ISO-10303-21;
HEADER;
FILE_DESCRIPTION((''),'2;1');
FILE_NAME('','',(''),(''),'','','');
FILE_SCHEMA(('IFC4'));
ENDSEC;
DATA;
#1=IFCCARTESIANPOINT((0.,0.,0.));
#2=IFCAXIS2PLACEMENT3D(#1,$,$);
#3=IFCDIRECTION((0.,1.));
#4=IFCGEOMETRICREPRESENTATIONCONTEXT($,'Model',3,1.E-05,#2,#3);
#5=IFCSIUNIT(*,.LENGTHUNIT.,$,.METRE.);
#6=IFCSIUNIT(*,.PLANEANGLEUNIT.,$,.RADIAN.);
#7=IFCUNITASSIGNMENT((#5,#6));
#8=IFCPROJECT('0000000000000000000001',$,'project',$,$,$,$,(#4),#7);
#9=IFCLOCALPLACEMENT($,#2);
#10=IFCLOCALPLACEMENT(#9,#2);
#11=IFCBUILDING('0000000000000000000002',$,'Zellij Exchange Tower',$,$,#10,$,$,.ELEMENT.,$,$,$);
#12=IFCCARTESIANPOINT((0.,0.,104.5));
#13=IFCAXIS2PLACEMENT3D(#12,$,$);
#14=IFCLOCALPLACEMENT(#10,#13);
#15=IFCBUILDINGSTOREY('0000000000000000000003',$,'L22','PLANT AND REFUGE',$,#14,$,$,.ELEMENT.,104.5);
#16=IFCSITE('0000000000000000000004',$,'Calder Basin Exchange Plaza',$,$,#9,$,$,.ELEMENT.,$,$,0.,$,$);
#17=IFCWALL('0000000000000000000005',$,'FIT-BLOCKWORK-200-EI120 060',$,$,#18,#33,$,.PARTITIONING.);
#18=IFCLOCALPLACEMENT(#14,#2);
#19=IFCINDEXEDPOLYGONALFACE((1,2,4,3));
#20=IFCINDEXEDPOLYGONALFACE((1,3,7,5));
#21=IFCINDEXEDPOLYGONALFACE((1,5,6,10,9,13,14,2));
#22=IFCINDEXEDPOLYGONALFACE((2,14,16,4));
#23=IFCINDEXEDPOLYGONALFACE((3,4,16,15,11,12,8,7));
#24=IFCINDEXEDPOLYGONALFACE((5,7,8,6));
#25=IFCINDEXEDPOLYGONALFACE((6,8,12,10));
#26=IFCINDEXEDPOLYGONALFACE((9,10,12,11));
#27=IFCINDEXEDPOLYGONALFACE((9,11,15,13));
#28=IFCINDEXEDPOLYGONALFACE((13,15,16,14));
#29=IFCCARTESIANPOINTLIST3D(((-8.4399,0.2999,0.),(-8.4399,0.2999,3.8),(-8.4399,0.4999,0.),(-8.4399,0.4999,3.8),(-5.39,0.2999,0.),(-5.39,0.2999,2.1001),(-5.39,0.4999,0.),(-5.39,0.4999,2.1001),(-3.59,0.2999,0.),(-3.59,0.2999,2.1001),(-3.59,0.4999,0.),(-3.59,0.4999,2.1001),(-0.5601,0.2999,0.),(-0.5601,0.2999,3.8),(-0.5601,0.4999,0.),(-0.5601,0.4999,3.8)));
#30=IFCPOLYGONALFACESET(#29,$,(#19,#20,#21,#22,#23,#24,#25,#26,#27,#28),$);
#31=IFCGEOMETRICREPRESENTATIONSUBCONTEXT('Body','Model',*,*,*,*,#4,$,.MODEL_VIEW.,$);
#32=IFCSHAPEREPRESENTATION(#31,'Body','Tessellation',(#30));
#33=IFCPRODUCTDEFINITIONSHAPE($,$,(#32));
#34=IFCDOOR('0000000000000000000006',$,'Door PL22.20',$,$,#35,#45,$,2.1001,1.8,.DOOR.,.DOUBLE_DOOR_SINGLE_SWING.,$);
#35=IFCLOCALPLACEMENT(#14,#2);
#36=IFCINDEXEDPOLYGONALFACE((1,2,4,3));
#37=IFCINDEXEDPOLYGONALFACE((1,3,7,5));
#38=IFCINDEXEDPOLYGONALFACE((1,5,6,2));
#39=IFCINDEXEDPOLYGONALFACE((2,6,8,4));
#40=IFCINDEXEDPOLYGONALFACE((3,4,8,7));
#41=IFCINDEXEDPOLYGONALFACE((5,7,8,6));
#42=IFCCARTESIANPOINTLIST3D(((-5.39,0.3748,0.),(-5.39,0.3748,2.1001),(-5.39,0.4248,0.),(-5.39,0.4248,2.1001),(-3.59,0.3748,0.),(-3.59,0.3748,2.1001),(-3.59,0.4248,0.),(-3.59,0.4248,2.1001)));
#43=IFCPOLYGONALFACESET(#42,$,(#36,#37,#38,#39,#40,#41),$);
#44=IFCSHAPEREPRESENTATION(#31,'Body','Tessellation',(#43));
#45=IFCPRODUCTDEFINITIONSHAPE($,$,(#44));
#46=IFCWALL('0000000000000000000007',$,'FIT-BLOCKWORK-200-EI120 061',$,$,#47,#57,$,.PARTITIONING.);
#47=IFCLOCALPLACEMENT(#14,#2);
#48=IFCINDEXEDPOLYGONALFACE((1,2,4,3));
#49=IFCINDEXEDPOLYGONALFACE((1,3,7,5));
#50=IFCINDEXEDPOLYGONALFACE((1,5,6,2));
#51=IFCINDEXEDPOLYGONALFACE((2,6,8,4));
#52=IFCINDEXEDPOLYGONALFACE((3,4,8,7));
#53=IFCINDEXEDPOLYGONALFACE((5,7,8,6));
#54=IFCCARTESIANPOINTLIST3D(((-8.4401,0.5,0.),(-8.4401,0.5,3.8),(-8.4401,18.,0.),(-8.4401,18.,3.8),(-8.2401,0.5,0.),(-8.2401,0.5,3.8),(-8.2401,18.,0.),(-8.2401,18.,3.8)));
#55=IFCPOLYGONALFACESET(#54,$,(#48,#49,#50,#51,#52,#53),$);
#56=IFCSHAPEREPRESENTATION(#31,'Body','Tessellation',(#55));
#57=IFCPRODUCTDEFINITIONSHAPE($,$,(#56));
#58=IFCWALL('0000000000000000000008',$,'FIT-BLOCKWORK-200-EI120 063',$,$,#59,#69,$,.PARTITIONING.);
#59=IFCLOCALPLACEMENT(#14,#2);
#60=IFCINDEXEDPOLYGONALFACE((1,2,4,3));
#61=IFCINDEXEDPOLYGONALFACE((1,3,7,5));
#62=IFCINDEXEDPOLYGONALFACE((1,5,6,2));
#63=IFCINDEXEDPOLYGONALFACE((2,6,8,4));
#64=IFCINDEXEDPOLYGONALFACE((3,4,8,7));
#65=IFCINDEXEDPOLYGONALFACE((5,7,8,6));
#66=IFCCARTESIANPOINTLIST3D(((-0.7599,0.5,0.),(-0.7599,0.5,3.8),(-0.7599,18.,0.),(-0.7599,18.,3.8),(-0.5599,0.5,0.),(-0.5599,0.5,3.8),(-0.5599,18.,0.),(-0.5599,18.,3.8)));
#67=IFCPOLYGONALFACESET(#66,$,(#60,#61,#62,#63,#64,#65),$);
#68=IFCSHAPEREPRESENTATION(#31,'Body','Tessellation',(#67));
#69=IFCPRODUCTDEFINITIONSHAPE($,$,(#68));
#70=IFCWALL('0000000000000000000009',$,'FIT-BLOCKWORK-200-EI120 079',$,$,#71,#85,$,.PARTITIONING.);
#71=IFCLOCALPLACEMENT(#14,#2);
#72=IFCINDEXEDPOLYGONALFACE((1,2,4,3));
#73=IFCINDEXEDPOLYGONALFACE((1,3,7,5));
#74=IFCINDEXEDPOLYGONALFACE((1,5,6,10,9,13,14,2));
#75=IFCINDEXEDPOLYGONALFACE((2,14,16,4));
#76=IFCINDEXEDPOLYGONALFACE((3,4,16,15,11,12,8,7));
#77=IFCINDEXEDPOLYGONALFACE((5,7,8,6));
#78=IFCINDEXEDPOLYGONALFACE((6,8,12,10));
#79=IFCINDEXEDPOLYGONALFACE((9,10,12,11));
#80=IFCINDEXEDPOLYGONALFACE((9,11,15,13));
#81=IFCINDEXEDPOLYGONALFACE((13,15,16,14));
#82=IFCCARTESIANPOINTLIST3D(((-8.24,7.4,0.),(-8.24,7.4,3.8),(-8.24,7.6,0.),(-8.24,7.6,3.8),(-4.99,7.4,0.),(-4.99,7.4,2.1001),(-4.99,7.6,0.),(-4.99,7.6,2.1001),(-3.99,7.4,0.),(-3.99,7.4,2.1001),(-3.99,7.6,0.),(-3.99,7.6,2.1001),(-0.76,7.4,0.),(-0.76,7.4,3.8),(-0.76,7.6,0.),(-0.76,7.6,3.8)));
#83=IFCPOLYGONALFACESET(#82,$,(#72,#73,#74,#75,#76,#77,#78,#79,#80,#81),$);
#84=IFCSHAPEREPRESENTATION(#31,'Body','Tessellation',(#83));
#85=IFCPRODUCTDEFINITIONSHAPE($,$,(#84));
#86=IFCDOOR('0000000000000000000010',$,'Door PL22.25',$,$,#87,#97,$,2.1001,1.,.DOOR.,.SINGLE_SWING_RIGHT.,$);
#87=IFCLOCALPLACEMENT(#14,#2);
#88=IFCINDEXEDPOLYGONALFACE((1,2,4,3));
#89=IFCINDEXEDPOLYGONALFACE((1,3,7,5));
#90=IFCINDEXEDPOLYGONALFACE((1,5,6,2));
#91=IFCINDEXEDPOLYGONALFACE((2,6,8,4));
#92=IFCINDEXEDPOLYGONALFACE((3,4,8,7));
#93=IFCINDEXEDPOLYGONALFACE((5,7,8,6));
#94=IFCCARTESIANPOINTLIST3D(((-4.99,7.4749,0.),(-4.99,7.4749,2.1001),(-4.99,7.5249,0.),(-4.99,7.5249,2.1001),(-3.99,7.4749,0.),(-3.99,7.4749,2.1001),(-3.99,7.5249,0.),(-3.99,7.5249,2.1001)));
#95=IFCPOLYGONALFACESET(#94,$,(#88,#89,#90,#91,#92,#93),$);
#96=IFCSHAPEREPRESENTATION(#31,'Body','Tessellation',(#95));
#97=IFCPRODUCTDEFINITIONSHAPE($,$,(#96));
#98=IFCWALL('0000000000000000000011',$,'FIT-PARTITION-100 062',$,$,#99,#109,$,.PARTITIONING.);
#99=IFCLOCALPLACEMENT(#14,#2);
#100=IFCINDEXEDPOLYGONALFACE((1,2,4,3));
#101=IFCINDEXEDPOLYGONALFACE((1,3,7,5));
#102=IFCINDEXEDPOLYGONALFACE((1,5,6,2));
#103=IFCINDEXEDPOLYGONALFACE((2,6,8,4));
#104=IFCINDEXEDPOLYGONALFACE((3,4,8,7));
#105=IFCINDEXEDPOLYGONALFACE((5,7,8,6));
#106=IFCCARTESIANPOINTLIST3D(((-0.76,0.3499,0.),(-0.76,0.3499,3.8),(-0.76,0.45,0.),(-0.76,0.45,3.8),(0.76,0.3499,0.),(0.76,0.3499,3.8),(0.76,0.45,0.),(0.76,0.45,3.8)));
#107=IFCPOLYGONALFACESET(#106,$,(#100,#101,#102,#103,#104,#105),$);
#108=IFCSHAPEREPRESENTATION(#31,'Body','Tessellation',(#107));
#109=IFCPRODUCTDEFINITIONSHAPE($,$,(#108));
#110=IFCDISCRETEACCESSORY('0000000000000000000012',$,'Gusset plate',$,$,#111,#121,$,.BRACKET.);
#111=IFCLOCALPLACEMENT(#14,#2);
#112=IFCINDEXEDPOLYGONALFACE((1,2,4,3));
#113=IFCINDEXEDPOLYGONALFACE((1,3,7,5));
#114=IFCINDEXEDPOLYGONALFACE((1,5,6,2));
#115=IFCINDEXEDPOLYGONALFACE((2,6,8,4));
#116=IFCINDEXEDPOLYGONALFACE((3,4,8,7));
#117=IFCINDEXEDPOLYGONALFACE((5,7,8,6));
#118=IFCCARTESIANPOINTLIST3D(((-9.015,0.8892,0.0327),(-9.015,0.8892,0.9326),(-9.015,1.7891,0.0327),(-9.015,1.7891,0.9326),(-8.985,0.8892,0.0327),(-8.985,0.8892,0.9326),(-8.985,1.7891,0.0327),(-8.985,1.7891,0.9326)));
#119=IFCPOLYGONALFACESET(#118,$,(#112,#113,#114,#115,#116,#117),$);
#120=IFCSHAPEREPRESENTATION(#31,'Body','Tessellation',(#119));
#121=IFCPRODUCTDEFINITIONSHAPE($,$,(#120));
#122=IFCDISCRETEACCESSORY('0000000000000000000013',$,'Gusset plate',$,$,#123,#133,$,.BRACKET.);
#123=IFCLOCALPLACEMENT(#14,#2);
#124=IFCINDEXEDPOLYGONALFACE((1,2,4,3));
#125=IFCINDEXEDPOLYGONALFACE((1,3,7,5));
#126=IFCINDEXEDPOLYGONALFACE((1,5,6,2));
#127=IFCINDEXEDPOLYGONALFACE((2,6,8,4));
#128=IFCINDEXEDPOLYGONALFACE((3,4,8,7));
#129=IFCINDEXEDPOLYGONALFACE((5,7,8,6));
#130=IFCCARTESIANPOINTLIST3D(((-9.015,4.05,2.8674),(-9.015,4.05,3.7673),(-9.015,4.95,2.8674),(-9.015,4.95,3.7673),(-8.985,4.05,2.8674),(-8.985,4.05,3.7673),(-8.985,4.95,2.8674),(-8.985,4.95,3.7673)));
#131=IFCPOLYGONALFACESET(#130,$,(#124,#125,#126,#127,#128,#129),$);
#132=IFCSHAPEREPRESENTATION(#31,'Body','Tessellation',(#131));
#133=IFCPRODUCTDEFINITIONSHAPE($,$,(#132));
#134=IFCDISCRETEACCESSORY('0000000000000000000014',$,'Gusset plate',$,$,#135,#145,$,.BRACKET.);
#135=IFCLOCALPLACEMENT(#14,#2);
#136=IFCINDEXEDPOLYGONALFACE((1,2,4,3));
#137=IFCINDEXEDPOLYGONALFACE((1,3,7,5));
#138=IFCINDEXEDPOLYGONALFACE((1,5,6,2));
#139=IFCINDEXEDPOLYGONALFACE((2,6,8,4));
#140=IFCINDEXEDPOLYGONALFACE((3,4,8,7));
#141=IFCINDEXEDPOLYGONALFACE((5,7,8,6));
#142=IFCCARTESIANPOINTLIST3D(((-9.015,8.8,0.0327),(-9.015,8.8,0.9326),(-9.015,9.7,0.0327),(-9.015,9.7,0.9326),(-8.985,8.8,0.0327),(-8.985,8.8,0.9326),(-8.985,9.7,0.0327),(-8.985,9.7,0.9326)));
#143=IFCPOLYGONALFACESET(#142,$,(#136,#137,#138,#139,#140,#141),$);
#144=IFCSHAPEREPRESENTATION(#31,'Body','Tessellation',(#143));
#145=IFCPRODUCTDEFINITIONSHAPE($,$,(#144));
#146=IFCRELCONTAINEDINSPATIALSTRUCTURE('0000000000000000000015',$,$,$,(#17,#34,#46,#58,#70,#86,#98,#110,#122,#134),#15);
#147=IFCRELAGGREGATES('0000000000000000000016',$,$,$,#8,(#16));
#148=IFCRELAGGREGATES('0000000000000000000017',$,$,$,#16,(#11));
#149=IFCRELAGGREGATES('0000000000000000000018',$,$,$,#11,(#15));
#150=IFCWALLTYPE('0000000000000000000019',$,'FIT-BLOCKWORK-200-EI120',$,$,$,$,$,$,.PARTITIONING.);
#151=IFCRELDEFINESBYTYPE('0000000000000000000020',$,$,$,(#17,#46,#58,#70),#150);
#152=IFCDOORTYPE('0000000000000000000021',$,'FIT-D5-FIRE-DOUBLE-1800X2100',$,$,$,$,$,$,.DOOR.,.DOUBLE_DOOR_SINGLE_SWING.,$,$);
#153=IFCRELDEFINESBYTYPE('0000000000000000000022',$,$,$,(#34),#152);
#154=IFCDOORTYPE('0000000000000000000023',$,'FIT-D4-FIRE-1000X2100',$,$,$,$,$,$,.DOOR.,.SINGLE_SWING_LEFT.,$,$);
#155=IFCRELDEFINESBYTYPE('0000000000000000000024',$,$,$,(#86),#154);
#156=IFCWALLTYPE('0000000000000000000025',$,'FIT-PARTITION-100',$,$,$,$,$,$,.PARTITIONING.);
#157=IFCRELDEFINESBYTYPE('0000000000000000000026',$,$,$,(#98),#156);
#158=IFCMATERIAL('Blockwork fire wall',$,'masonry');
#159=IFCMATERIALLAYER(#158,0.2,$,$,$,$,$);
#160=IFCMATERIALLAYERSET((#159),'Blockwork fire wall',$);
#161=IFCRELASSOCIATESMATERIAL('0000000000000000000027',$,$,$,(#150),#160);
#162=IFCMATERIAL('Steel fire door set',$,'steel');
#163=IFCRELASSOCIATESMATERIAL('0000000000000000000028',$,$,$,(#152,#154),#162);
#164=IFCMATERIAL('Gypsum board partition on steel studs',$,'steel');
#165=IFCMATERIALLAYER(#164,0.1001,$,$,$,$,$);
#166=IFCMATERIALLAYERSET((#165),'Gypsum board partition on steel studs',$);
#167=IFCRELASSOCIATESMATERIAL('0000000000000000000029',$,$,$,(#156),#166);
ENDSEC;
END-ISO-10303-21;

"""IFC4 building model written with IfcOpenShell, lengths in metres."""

from ifc_helpers import new_model, si_unit, direction, frame, frame_2d, origin, origin_2d, place, context, subcontext, project, spatial, rectangle, extrude, material, layer, layer_set, type_object, element, fill, save


model = new_model("IFC4")

# Units and contexts
model_context = context("Model", 3, precision=1e-05, world=origin(), true_north=direction((0.0, 1.0)))
body_context = subcontext(model_context, "Body", "Model", "MODEL_VIEW")
ifc_project = project(units=[si_unit("LENGTHUNIT", "METRE"), si_unit("PLANEANGLEUNIT", "RADIAN")], contexts=[model_context])

# Site, building, storey
site_placement = place(None, origin())
site = spatial("IfcSite", under=ifc_project, at=site_placement, Name="Calder Basin Exchange Plaza", CompositionType="ELEMENT", RefElevation=0.0)
building_placement = place(site_placement, origin())
building = spatial("IfcBuilding", under=site, at=building_placement, Name="Zellij Exchange Tower", CompositionType="ELEMENT")
storey_placement = place(building_placement, frame((0.0, 0.0, 104.5)))
storey = spatial("IfcBuildingStorey", under=building, at=storey_placement, Name="L22", Description="PLANT AND REFUGE", CompositionType="ELEMENT", Elevation=104.5)

# Wall, opening, door
ifc_material_1 = material(Name="Blockwork fire wall", Category="masonry")
ifc_layer_1 = layer(ifc_material_1, 0.2)
ifc_layer_set_1 = layer_set([ifc_layer_1], Name="Blockwork fire wall")
wall_type_1 = type_object("IfcWallType", Name="FIT-BLOCKWORK-200-EI120", PredefinedType="PARTITIONING", material=ifc_layer_set_1)
wall_1_placement = place(storey_placement, frame((-8.4399, 0.3999, 0.0), z_axis=(0.0, 0.0, 1.0), x_axis=(1.0, 0.0, 0.0)))
wall_1 = element("IfcWall", 1, at=wall_1_placement, inside=storey, type_object=wall_type_1, Name="FIT-BLOCKWORK-200-EI120 060", PredefinedType="PARTITIONING", context=body_context, shape_type="SweptSolid", body=[
    extrude(rectangle(XDim=7.8799, YDim=0.2, at=frame_2d((3.9399, 0.0))), origin(), (0.0, 0.0, 1.0), 3.8),
])
opening_1_placement = place(wall_1_placement, frame((3.05, 0.0, 0.0)))
opening_1 = element("IfcOpeningElement", 2, at=opening_1_placement, cuts=wall_1, PredefinedType="OPENING", context=body_context, shape_type="SweptSolid", body=[
    extrude(rectangle(XDim=1.8, YDim=2.1001, at=frame_2d((0.8999, 1.05))), frame((0.0, 0.1118, 0.0), z_axis=(0.0, -1.0, 0.0), x_axis=(1.0, 0.0, 0.0)), (0.0, 0.0, 1.0), 0.2239),
])
ifc_material_2 = material(Name="Steel fire door set", Category="steel")
door_type_1 = type_object("IfcDoorType", Name="FIT-D5-FIRE-DOUBLE-1800X2100", OperationType="DOUBLE_DOOR_SINGLE_SWING", PredefinedType="DOOR", material=ifc_material_2)
door_1_placement = place(opening_1_placement, origin())
door_1 = element("IfcDoor", 3, at=door_1_placement, inside=storey, type_object=door_type_1, Name="Door PL22.20", OperationType="DOUBLE_DOOR_SINGLE_SWING", OverallHeight=2.1001, OverallWidth=1.8, PredefinedType="DOOR", context=body_context, shape_type="SweptSolid", body=[
    extrude(rectangle(XDim=1.8, YDim=2.1001, at=frame_2d((0.8999, 1.05))), frame((0.0, 0.0249, 0.0), z_axis=(0.0, -1.0, 0.0), x_axis=(1.0, 0.0, 0.0)), (0.0, 0.0, 1.0), 0.05),
])
fill(opening_1, door_1)

# Walls
for number, where, z_axis, x_axis, name in (
    (4, (-8.3401, 0.5, 0.0), (0.0, 0.0, 1.0), (0.0, 1.0, 0.0), "FIT-BLOCKWORK-200-EI120 061"),
    (5, (-0.6599, 0.5, 0.0), (0.0, 0.0, 1.0), (0.0, 1.0, 0.0), "FIT-BLOCKWORK-200-EI120 063"),
):
    element("IfcWall", number, at=place(storey_placement, frame(where, z_axis=z_axis, x_axis=x_axis)), inside=storey, type_object=wall_type_1, Name=name, PredefinedType="PARTITIONING", context=body_context, shape_type="SweptSolid", body=[
        extrude(rectangle(XDim=17.5, YDim=0.2, at=frame_2d((8.75, 0.0))), origin(), (0.0, 0.0, 1.0), 3.8),
    ])

# Wall, opening, door
wall_2_placement = place(storey_placement, frame((-8.24, 7.5, 0.0), z_axis=(0.0, 0.0, 1.0), x_axis=(1.0, 0.0, 0.0)))
wall_2 = element("IfcWall", 6, at=wall_2_placement, inside=storey, type_object=wall_type_1, Name="FIT-BLOCKWORK-200-EI120 079", PredefinedType="PARTITIONING", context=body_context, shape_type="SweptSolid", body=[
    extrude(rectangle(XDim=7.48, YDim=0.2, at=frame_2d((3.74, 0.0))), origin(), (0.0, 0.0, 1.0), 3.8),
])
opening_2_placement = place(wall_2_placement, frame((3.25, 0.0, 0.0)))
opening_2 = element("IfcOpeningElement", 7, at=opening_2_placement, cuts=wall_2, PredefinedType="OPENING", context=body_context, shape_type="SweptSolid", body=[
    extrude(rectangle(XDim=1.0, YDim=2.1001, at=frame_2d((0.5, 1.05))), frame((0.0, 0.1118, 0.0), z_axis=(0.0, -1.0, 0.0), x_axis=(1.0, 0.0, 0.0)), (0.0, 0.0, 1.0), 0.2239),
])
door_type_2 = type_object("IfcDoorType", Name="FIT-D4-FIRE-1000X2100", OperationType="SINGLE_SWING_LEFT", PredefinedType="DOOR", material=ifc_material_2)
door_2_placement = place(opening_2_placement, origin())
door_2 = element("IfcDoor", 8, at=door_2_placement, inside=storey, type_object=door_type_2, Name="Door PL22.25", OperationType="SINGLE_SWING_RIGHT", OverallHeight=2.1001, OverallWidth=1.0, PredefinedType="DOOR", context=body_context, shape_type="SweptSolid", body=[
    extrude(rectangle(XDim=1.0, YDim=2.1001, at=frame_2d((0.5, 1.05))), frame((0.0, 0.0249, 0.0), z_axis=(0.0, -1.0, 0.0), x_axis=(1.0, 0.0, 0.0)), (0.0, 0.0, 1.0), 0.05),
])
fill(opening_2, door_2)

# Wall
ifc_material_3 = material(Name="Gypsum board partition on steel studs", Category="steel")
ifc_layer_2 = layer(ifc_material_3, 0.1001)
ifc_layer_set_2 = layer_set([ifc_layer_2], Name="Gypsum board partition on steel studs")
wall_type_2 = type_object("IfcWallType", Name="FIT-PARTITION-100", PredefinedType="PARTITIONING", material=ifc_layer_set_2)
wall_3_placement = place(storey_placement, frame((-0.76, 0.3999, 0.0), z_axis=(0.0, 0.0, 1.0), x_axis=(1.0, 0.0, 0.0)))
element("IfcWall", 9, at=wall_3_placement, inside=storey, type_object=wall_type_2, Name="FIT-PARTITION-100 062", PredefinedType="PARTITIONING", context=body_context, shape_type="SweptSolid", body=[
    extrude(rectangle(XDim=1.52, YDim=0.1001, at=frame_2d((0.76, 0.0))), origin(), (0.0, 0.0, 1.0), 3.8),
])

# Discrete accessories
for number, where, z_axis, x_axis, name in (
    (10, (-9.0, 1.3391, 0.0327), (0.0, 0.0, 1.0), (0.0, 1.0, 0.0), "Gusset plate"),
    (11, (-9.0, 4.5, 2.8674), (0.0, 0.0, 1.0), (0.0, 1.0, 0.0), "Gusset plate"),
    (12, (-9.0, 9.25, 0.0327), (0.0, 0.0, 1.0), (0.0, 1.0, 0.0), "Gusset plate"),
):
    element("IfcDiscreteAccessory", number, at=place(storey_placement, frame(where, z_axis=z_axis, x_axis=x_axis)), inside=storey, Name=name, PredefinedType="BRACKET", context=body_context, shape_type="SweptSolid", body=[
        extrude(rectangle(XDim=0.8999, YDim=0.03, at=origin_2d()), origin(), (0.0, 0.0, 1.0), 0.8999),
    ])

save(model, "model.ifc")
